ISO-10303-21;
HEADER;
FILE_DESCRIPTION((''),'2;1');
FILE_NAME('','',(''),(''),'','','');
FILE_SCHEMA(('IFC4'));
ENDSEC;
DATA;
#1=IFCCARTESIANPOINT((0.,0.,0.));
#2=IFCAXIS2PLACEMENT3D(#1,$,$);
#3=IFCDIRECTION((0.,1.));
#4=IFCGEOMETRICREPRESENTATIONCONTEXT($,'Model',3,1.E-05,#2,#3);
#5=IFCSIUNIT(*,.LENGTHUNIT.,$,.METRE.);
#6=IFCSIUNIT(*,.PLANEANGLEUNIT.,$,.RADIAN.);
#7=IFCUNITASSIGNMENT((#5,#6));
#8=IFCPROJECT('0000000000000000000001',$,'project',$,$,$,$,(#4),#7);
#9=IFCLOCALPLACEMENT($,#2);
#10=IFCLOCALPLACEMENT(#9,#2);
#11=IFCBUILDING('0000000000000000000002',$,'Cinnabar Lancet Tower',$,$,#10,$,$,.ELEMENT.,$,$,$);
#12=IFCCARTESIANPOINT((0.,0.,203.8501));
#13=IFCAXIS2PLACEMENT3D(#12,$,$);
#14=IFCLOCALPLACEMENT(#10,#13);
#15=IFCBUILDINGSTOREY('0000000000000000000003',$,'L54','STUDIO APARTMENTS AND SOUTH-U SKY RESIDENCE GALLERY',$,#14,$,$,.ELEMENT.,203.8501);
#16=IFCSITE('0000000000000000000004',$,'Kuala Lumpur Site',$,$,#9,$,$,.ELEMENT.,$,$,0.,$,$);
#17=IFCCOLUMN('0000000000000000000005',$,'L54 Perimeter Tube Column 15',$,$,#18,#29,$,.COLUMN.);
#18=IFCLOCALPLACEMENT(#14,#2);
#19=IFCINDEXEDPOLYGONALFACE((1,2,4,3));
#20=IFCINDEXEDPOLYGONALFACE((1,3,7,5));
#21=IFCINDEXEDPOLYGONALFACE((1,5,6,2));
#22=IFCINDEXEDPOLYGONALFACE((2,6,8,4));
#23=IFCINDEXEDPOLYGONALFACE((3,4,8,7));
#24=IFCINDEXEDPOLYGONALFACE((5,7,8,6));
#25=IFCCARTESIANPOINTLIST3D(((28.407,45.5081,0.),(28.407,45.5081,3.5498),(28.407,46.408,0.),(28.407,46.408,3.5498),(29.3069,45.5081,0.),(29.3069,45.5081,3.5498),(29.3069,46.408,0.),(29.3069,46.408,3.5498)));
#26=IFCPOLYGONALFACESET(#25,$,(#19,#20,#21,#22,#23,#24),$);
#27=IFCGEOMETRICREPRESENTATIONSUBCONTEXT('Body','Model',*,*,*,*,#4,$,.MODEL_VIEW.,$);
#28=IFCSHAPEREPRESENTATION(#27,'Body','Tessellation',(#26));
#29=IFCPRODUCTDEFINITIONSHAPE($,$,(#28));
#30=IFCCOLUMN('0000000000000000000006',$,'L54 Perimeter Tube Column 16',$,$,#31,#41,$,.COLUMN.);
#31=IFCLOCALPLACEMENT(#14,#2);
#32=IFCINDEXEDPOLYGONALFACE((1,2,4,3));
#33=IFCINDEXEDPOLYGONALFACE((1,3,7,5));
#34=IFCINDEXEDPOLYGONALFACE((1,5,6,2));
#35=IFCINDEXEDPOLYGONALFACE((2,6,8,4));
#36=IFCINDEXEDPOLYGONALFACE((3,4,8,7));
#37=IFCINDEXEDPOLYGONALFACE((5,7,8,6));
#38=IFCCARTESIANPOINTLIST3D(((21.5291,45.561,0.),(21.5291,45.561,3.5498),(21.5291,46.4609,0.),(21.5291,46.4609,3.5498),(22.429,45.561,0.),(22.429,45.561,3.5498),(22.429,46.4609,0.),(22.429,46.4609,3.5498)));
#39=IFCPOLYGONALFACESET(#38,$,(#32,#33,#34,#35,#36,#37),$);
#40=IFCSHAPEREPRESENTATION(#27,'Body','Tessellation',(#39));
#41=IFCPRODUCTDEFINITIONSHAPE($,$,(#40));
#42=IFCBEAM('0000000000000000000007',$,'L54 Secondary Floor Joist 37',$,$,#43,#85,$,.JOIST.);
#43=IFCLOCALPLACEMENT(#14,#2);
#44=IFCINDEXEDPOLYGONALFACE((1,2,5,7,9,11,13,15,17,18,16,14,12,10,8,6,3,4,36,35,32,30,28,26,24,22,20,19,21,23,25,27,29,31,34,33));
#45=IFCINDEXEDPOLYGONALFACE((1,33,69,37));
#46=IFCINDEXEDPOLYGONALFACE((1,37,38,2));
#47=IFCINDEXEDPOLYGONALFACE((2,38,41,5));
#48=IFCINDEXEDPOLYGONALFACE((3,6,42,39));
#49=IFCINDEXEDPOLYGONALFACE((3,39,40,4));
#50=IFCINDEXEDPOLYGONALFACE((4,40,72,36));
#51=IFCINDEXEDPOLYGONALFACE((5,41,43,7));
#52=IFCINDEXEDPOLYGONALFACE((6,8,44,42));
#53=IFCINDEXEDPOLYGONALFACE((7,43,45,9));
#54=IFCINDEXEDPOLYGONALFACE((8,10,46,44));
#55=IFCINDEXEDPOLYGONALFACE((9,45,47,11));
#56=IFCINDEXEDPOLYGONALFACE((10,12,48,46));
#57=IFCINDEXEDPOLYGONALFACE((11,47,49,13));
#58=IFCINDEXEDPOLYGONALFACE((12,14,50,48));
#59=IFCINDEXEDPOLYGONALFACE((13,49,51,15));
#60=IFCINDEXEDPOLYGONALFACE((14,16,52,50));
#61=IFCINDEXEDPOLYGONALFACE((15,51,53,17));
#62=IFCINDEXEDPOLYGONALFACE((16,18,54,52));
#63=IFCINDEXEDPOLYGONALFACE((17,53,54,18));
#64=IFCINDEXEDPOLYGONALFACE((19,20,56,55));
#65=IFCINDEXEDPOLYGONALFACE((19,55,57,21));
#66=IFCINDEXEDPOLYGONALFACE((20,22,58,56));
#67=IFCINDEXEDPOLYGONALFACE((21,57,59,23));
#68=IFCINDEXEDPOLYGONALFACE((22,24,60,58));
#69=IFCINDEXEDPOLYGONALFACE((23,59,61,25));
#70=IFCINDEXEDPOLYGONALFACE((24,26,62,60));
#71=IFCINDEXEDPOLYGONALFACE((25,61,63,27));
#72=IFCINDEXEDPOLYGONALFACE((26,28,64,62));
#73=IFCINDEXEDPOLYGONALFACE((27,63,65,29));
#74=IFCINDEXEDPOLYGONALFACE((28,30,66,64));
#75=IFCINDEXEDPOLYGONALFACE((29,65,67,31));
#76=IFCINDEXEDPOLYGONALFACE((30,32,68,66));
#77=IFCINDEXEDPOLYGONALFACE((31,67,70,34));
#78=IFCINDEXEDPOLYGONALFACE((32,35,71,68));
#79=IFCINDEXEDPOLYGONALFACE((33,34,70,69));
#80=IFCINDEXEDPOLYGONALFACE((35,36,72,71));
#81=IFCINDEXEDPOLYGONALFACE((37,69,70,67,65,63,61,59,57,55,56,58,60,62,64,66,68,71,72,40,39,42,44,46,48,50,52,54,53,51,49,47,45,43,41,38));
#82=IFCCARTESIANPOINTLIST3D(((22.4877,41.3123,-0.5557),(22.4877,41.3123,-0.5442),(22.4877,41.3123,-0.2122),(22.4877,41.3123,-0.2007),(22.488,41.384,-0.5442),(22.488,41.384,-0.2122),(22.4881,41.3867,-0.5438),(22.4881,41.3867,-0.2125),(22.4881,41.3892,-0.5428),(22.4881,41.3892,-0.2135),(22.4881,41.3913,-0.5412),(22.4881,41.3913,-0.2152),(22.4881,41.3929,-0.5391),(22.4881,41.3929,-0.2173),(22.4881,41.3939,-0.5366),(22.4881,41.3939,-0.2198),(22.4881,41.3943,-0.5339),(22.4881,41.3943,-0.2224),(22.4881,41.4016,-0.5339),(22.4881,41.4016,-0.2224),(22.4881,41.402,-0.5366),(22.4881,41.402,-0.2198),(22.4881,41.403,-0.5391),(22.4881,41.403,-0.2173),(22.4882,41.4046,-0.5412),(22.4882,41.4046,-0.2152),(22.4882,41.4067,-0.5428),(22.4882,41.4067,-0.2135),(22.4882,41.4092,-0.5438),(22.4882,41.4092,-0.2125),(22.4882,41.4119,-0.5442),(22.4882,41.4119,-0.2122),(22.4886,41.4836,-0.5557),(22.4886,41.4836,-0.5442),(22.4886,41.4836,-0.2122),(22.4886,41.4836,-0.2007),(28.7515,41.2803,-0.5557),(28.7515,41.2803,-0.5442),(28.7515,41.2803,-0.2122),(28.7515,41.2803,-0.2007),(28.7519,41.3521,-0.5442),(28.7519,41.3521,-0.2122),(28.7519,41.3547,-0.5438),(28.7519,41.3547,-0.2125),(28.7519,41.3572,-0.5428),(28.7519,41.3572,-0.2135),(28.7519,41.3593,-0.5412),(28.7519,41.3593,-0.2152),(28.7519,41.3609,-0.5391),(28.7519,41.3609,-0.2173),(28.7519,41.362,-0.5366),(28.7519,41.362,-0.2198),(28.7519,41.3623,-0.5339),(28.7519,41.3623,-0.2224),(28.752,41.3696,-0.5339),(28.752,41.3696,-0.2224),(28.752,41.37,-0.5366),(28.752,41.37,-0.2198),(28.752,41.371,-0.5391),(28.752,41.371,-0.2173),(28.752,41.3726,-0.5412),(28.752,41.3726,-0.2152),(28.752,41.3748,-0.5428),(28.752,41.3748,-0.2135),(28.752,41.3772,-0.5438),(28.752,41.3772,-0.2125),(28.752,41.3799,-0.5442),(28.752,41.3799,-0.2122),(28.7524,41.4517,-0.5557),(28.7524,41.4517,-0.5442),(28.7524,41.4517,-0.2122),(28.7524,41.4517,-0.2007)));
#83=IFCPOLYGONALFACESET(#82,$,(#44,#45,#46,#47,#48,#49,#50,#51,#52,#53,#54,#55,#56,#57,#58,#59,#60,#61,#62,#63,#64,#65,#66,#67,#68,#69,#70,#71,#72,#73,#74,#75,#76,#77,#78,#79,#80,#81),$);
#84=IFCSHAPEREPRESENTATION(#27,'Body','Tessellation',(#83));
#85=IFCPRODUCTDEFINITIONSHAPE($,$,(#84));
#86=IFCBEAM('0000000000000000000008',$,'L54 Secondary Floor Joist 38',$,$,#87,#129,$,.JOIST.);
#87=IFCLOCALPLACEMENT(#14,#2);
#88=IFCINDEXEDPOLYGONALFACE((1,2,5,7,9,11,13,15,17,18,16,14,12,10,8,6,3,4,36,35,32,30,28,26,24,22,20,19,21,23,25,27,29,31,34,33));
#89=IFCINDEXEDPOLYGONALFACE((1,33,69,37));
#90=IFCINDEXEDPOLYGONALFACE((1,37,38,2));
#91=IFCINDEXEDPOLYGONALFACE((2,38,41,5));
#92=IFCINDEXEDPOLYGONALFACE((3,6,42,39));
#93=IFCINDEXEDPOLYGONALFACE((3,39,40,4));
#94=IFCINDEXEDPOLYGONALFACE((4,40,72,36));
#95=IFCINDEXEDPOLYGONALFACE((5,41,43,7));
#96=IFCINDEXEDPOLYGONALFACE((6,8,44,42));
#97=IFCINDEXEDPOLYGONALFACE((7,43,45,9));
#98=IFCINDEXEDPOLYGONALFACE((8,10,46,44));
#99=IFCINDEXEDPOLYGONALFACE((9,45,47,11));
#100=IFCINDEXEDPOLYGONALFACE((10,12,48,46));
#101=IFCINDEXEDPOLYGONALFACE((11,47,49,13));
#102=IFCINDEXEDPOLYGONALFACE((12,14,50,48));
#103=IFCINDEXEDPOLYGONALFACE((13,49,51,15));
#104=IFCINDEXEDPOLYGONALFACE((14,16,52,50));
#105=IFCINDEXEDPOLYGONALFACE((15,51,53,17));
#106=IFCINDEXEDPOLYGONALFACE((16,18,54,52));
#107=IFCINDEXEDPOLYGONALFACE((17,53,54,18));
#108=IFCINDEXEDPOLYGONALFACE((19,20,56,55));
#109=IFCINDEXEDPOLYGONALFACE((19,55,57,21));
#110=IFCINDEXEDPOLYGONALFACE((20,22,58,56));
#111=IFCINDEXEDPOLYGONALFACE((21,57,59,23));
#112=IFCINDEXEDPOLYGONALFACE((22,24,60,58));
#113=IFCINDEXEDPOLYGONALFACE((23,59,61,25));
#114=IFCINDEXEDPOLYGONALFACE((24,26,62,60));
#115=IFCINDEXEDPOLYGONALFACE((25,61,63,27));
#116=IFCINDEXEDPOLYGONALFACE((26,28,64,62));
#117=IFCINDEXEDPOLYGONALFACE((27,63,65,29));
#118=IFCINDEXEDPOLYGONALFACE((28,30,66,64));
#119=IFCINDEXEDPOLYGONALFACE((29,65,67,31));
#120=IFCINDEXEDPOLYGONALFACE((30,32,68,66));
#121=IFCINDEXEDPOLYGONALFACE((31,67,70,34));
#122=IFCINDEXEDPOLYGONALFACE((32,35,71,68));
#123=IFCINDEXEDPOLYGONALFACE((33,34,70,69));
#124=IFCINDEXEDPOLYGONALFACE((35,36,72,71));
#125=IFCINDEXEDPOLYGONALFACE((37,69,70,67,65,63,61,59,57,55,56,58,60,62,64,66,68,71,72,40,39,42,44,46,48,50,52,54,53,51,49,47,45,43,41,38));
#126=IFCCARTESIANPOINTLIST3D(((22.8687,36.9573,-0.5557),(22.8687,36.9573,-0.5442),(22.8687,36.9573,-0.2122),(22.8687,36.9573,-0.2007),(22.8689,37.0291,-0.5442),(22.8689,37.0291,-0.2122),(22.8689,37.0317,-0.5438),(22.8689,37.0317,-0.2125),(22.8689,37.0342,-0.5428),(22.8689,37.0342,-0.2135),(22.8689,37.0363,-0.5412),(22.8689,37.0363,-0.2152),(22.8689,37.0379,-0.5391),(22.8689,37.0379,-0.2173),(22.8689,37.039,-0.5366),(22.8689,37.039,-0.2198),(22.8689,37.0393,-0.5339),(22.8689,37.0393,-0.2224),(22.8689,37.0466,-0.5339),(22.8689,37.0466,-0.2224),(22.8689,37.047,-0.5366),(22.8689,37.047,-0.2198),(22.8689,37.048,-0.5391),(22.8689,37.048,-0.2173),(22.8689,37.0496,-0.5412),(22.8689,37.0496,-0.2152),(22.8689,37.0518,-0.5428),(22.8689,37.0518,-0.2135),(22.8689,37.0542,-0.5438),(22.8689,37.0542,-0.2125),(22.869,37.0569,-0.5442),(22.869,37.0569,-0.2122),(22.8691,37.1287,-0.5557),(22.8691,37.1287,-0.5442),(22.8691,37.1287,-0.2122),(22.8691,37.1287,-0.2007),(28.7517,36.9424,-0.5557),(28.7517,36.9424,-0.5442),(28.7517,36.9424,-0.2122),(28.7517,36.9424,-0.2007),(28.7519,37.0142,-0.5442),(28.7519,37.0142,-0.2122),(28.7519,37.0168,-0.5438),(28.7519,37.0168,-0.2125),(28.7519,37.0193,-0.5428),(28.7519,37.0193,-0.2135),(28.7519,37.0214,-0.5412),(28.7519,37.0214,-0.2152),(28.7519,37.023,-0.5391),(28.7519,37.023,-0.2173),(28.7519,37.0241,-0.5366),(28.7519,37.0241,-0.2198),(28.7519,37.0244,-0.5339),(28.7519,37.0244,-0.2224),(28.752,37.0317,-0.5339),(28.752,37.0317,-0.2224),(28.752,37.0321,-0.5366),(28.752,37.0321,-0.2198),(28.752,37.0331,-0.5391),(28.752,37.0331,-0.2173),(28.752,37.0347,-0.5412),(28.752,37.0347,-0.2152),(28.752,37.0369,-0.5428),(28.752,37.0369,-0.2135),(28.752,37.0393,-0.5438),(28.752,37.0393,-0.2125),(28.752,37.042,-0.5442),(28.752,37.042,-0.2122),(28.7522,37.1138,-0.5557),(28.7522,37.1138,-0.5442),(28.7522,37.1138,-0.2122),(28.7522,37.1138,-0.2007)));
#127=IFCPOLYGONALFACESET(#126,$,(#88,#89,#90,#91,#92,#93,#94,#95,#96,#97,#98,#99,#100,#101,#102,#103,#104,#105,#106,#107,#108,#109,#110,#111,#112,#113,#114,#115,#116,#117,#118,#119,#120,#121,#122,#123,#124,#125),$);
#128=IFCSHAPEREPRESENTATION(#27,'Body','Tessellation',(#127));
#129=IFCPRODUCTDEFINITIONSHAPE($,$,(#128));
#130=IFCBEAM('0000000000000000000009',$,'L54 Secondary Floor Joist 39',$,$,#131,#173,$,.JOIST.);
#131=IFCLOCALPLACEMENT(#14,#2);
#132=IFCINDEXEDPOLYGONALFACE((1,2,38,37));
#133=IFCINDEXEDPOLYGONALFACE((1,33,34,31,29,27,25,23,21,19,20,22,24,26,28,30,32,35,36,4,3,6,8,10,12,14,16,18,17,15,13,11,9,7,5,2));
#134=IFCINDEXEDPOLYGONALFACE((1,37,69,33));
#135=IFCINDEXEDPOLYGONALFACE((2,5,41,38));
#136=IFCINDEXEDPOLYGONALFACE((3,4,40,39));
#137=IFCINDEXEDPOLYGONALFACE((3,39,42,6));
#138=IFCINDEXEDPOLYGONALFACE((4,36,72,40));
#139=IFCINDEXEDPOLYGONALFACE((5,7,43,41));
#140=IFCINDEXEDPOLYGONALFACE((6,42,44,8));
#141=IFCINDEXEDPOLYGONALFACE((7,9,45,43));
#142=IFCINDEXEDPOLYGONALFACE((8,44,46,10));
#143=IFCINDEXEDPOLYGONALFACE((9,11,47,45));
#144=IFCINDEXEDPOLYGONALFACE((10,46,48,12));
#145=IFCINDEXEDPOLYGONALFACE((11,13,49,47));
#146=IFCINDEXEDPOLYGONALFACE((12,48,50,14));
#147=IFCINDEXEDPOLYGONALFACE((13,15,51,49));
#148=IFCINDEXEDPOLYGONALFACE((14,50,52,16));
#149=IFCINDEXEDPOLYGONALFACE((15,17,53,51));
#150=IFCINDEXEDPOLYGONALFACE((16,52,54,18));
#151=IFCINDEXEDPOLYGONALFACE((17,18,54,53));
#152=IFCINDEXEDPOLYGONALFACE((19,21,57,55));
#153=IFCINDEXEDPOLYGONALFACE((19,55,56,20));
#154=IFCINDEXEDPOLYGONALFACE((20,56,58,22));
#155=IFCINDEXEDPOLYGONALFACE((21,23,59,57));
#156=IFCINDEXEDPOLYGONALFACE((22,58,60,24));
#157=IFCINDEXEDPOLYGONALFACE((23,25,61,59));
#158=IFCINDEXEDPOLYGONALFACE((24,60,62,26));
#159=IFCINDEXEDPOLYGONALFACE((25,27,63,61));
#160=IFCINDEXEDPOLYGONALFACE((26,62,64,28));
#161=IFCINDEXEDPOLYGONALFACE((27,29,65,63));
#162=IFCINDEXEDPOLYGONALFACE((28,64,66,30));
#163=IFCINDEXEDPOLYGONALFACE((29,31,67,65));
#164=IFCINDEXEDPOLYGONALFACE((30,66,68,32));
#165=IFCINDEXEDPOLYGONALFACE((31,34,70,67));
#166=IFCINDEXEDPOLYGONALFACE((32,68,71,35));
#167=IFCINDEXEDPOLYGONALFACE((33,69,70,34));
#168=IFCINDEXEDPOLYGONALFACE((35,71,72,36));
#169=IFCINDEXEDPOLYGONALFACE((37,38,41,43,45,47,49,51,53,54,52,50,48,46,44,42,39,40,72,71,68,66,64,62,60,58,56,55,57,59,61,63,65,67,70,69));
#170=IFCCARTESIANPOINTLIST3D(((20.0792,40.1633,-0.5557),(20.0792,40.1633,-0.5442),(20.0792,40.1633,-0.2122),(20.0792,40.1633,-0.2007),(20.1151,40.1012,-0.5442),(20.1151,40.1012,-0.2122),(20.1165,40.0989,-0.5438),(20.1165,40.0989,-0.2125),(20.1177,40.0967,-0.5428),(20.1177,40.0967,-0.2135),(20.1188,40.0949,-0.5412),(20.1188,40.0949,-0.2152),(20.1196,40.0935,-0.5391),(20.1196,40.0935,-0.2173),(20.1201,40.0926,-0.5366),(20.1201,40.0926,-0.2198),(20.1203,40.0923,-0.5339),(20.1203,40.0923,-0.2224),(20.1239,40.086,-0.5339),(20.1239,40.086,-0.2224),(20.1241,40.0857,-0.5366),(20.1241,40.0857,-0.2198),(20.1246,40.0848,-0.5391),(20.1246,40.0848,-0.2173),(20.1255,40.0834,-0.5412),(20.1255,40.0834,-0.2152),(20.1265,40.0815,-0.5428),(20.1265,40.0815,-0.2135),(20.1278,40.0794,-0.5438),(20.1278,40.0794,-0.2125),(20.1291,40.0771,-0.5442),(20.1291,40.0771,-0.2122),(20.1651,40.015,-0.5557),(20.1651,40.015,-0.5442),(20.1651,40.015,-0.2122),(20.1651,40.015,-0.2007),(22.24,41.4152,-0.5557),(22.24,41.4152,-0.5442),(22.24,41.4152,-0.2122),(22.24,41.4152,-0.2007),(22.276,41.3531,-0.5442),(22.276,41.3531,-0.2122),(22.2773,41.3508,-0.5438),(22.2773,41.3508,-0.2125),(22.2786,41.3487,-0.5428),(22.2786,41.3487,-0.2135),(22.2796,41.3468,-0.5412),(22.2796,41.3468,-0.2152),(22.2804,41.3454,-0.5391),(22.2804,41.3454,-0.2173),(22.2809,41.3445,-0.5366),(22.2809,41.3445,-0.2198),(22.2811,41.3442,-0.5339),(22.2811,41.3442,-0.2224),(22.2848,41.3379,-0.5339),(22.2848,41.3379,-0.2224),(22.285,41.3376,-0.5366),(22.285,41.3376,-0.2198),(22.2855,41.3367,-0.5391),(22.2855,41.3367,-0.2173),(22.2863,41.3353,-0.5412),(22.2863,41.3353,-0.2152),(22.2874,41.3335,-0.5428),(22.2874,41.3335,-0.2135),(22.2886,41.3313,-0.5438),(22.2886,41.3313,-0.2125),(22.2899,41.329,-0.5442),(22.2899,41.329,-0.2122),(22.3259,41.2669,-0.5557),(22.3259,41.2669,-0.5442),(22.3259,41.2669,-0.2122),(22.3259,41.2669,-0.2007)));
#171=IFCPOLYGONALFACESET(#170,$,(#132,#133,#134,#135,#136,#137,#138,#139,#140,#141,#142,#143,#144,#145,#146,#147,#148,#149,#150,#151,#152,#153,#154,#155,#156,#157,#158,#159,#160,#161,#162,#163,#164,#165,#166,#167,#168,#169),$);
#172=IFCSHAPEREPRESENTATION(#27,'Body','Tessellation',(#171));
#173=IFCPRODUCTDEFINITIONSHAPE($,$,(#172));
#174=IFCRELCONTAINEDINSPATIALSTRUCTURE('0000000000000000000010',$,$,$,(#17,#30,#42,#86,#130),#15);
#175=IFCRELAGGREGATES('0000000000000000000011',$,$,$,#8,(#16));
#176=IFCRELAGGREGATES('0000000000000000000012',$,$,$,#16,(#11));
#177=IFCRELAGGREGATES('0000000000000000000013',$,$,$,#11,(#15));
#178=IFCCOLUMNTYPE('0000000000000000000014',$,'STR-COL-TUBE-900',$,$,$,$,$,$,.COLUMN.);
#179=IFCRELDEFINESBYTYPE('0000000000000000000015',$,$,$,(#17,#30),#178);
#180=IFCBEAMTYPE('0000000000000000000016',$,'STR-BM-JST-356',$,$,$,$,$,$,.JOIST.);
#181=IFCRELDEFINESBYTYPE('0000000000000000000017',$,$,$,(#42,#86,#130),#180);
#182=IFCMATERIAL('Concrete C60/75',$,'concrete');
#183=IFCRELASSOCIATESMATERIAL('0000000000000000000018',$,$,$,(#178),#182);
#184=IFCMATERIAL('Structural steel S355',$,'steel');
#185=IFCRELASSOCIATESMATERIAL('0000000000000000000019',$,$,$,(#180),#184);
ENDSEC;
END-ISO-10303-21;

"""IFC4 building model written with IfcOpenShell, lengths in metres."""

from ifc_helpers import new_model, si_unit, direction, frame, origin, origin_2d, place, context, subcontext, project, spatial, rectangle, i_section, extrude, material, material_profile, profile_set, type_object, element, save


model = new_model("IFC4")

# Units and contexts
model_context = context("Model", 3, precision=1e-05, world=origin(), true_north=direction((0.0, 1.0)))
body_context = subcontext(model_context, "Body", "Model", "MODEL_VIEW")
ifc_project = project(units=[si_unit("LENGTHUNIT", "METRE"), si_unit("PLANEANGLEUNIT", "RADIAN")], contexts=[model_context])

# Site, building, storey
site_placement = place(None, origin())
site = spatial("IfcSite", under=ifc_project, at=site_placement, Name="Kuala Lumpur Site", CompositionType="ELEMENT", RefElevation=0.0)
building_placement = place(site_placement, origin())
building = spatial("IfcBuilding", under=site, at=building_placement, Name="Cinnabar Lancet Tower", CompositionType="ELEMENT")
storey_placement = place(building_placement, frame((0.0, 0.0, 203.8501)))
storey = spatial("IfcBuildingStorey", under=building, at=storey_placement, Name="L54", Description="STUDIO APARTMENTS AND SOUTH-U SKY RESIDENCE GALLERY", CompositionType="ELEMENT", Elevation=203.8501)

# Columns
ifc_material_1 = material(Name="Concrete C60/75", Category="concrete")
ifc_material_profile_1 = material_profile(ifc_material_1, rectangle(XDim=0.8999, YDim=0.8999, at=origin_2d()), Name="RC-COL 900x900")
ifc_profile_set_1 = profile_set([ifc_material_profile_1], Name="Concrete C60/75")
column_type = type_object("IfcColumnType", Name="STR-COL-TUBE-900", PredefinedType="COLUMN", material=ifc_profile_set_1)
for number, where, z_axis, x_axis, name in (
    (1, (28.8569, 45.958, 0.0), (0.0, 0.0, 1.0), (1.0, 0.0, 0.0), "L54 Perimeter Tube Column 15"),
    (2, (21.979, 46.011, 0.0), (0.0, 0.0, 1.0), (1.0, 0.0, 0.0), "L54 Perimeter Tube Column 16"),
):
    element("IfcColumn", number, at=place(storey_placement, frame(where, z_axis=z_axis, x_axis=x_axis)), inside=storey, type_object=column_type, Name=name, PredefinedType="COLUMN", context=body_context, shape_type="SweptSolid", body=[
        extrude(rectangle(XDim=0.8999, YDim=0.8999, at=origin_2d()), origin(), (0.0, 0.0, 1.0), 3.5498),
    ])

# Beams
ifc_material_2 = material(Name="Structural steel S355", Category="steel")
ifc_material_profile_2 = material_profile(ifc_material_2, i_section(OverallWidth=0.1714, OverallDepth=0.355, WebThickness=0.0073, FlangeThickness=0.0115, FilletRadius=0.0103, at=origin_2d()), Name="UKB 356x171x51")
ifc_profile_set_2 = profile_set([ifc_material_profile_2], Name="Structural steel S355")
beam_type_1 = type_object("IfcBeamType", Name="STR-BM-JST-356", PredefinedType="JOIST", material=ifc_profile_set_2)
beam_1_placement = place(storey_placement, frame((28.752, 41.366, -0.3782), z_axis=(-0.999987, 0.005106, 0.0), x_axis=(-0.005106, -0.999987, 0.0)))
element("IfcBeam", 3, at=beam_1_placement, inside=storey, type_object=beam_type_1, Name="L54 Secondary Floor Joist 37", PredefinedType="JOIST", context=body_context, shape_type="SweptSolid", body=[
    extrude(i_section(OverallWidth=0.1714, OverallDepth=0.355, WebThickness=0.0073, FlangeThickness=0.0115, FilletRadius=0.0103, at=origin_2d()), origin(), (0.0, 0.0, 1.0), 6.2639),
])
beam_2_placement = place(storey_placement, frame((28.752, 37.0281, -0.3782), z_axis=(-0.999997, 0.002531, 0.0), x_axis=(-0.002531, -0.999997, 0.0)))
element("IfcBeam", 4, at=beam_2_placement, inside=storey, type_object=beam_type_1, Name="L54 Secondary Floor Joist 38", PredefinedType="JOIST", context=body_context, shape_type="SweptSolid", body=[
    extrude(i_section(OverallWidth=0.1714, OverallDepth=0.355, WebThickness=0.0073, FlangeThickness=0.0115, FilletRadius=0.0103, at=origin_2d()), origin(), (0.0, 0.0, 1.0), 5.8831),
])
beam_3_placement = place(storey_placement, frame((22.283, 41.3411, -0.3782), z_axis=(-0.865268, -0.50131, 0.0), x_axis=(0.50131, -0.865268, 0.0)))
element("IfcBeam", 5, at=beam_3_placement, inside=storey, type_object=beam_type_1, Name="L54 Secondary Floor Joist 39", PredefinedType="JOIST", context=body_context, shape_type="SweptSolid", body=[
    extrude(i_section(OverallWidth=0.1714, OverallDepth=0.355, WebThickness=0.0073, FlangeThickness=0.0115, FilletRadius=0.0103, at=origin_2d()), origin(), (0.0, 0.0, 1.0), 2.4973),
])

save(model, "model.ifc")
